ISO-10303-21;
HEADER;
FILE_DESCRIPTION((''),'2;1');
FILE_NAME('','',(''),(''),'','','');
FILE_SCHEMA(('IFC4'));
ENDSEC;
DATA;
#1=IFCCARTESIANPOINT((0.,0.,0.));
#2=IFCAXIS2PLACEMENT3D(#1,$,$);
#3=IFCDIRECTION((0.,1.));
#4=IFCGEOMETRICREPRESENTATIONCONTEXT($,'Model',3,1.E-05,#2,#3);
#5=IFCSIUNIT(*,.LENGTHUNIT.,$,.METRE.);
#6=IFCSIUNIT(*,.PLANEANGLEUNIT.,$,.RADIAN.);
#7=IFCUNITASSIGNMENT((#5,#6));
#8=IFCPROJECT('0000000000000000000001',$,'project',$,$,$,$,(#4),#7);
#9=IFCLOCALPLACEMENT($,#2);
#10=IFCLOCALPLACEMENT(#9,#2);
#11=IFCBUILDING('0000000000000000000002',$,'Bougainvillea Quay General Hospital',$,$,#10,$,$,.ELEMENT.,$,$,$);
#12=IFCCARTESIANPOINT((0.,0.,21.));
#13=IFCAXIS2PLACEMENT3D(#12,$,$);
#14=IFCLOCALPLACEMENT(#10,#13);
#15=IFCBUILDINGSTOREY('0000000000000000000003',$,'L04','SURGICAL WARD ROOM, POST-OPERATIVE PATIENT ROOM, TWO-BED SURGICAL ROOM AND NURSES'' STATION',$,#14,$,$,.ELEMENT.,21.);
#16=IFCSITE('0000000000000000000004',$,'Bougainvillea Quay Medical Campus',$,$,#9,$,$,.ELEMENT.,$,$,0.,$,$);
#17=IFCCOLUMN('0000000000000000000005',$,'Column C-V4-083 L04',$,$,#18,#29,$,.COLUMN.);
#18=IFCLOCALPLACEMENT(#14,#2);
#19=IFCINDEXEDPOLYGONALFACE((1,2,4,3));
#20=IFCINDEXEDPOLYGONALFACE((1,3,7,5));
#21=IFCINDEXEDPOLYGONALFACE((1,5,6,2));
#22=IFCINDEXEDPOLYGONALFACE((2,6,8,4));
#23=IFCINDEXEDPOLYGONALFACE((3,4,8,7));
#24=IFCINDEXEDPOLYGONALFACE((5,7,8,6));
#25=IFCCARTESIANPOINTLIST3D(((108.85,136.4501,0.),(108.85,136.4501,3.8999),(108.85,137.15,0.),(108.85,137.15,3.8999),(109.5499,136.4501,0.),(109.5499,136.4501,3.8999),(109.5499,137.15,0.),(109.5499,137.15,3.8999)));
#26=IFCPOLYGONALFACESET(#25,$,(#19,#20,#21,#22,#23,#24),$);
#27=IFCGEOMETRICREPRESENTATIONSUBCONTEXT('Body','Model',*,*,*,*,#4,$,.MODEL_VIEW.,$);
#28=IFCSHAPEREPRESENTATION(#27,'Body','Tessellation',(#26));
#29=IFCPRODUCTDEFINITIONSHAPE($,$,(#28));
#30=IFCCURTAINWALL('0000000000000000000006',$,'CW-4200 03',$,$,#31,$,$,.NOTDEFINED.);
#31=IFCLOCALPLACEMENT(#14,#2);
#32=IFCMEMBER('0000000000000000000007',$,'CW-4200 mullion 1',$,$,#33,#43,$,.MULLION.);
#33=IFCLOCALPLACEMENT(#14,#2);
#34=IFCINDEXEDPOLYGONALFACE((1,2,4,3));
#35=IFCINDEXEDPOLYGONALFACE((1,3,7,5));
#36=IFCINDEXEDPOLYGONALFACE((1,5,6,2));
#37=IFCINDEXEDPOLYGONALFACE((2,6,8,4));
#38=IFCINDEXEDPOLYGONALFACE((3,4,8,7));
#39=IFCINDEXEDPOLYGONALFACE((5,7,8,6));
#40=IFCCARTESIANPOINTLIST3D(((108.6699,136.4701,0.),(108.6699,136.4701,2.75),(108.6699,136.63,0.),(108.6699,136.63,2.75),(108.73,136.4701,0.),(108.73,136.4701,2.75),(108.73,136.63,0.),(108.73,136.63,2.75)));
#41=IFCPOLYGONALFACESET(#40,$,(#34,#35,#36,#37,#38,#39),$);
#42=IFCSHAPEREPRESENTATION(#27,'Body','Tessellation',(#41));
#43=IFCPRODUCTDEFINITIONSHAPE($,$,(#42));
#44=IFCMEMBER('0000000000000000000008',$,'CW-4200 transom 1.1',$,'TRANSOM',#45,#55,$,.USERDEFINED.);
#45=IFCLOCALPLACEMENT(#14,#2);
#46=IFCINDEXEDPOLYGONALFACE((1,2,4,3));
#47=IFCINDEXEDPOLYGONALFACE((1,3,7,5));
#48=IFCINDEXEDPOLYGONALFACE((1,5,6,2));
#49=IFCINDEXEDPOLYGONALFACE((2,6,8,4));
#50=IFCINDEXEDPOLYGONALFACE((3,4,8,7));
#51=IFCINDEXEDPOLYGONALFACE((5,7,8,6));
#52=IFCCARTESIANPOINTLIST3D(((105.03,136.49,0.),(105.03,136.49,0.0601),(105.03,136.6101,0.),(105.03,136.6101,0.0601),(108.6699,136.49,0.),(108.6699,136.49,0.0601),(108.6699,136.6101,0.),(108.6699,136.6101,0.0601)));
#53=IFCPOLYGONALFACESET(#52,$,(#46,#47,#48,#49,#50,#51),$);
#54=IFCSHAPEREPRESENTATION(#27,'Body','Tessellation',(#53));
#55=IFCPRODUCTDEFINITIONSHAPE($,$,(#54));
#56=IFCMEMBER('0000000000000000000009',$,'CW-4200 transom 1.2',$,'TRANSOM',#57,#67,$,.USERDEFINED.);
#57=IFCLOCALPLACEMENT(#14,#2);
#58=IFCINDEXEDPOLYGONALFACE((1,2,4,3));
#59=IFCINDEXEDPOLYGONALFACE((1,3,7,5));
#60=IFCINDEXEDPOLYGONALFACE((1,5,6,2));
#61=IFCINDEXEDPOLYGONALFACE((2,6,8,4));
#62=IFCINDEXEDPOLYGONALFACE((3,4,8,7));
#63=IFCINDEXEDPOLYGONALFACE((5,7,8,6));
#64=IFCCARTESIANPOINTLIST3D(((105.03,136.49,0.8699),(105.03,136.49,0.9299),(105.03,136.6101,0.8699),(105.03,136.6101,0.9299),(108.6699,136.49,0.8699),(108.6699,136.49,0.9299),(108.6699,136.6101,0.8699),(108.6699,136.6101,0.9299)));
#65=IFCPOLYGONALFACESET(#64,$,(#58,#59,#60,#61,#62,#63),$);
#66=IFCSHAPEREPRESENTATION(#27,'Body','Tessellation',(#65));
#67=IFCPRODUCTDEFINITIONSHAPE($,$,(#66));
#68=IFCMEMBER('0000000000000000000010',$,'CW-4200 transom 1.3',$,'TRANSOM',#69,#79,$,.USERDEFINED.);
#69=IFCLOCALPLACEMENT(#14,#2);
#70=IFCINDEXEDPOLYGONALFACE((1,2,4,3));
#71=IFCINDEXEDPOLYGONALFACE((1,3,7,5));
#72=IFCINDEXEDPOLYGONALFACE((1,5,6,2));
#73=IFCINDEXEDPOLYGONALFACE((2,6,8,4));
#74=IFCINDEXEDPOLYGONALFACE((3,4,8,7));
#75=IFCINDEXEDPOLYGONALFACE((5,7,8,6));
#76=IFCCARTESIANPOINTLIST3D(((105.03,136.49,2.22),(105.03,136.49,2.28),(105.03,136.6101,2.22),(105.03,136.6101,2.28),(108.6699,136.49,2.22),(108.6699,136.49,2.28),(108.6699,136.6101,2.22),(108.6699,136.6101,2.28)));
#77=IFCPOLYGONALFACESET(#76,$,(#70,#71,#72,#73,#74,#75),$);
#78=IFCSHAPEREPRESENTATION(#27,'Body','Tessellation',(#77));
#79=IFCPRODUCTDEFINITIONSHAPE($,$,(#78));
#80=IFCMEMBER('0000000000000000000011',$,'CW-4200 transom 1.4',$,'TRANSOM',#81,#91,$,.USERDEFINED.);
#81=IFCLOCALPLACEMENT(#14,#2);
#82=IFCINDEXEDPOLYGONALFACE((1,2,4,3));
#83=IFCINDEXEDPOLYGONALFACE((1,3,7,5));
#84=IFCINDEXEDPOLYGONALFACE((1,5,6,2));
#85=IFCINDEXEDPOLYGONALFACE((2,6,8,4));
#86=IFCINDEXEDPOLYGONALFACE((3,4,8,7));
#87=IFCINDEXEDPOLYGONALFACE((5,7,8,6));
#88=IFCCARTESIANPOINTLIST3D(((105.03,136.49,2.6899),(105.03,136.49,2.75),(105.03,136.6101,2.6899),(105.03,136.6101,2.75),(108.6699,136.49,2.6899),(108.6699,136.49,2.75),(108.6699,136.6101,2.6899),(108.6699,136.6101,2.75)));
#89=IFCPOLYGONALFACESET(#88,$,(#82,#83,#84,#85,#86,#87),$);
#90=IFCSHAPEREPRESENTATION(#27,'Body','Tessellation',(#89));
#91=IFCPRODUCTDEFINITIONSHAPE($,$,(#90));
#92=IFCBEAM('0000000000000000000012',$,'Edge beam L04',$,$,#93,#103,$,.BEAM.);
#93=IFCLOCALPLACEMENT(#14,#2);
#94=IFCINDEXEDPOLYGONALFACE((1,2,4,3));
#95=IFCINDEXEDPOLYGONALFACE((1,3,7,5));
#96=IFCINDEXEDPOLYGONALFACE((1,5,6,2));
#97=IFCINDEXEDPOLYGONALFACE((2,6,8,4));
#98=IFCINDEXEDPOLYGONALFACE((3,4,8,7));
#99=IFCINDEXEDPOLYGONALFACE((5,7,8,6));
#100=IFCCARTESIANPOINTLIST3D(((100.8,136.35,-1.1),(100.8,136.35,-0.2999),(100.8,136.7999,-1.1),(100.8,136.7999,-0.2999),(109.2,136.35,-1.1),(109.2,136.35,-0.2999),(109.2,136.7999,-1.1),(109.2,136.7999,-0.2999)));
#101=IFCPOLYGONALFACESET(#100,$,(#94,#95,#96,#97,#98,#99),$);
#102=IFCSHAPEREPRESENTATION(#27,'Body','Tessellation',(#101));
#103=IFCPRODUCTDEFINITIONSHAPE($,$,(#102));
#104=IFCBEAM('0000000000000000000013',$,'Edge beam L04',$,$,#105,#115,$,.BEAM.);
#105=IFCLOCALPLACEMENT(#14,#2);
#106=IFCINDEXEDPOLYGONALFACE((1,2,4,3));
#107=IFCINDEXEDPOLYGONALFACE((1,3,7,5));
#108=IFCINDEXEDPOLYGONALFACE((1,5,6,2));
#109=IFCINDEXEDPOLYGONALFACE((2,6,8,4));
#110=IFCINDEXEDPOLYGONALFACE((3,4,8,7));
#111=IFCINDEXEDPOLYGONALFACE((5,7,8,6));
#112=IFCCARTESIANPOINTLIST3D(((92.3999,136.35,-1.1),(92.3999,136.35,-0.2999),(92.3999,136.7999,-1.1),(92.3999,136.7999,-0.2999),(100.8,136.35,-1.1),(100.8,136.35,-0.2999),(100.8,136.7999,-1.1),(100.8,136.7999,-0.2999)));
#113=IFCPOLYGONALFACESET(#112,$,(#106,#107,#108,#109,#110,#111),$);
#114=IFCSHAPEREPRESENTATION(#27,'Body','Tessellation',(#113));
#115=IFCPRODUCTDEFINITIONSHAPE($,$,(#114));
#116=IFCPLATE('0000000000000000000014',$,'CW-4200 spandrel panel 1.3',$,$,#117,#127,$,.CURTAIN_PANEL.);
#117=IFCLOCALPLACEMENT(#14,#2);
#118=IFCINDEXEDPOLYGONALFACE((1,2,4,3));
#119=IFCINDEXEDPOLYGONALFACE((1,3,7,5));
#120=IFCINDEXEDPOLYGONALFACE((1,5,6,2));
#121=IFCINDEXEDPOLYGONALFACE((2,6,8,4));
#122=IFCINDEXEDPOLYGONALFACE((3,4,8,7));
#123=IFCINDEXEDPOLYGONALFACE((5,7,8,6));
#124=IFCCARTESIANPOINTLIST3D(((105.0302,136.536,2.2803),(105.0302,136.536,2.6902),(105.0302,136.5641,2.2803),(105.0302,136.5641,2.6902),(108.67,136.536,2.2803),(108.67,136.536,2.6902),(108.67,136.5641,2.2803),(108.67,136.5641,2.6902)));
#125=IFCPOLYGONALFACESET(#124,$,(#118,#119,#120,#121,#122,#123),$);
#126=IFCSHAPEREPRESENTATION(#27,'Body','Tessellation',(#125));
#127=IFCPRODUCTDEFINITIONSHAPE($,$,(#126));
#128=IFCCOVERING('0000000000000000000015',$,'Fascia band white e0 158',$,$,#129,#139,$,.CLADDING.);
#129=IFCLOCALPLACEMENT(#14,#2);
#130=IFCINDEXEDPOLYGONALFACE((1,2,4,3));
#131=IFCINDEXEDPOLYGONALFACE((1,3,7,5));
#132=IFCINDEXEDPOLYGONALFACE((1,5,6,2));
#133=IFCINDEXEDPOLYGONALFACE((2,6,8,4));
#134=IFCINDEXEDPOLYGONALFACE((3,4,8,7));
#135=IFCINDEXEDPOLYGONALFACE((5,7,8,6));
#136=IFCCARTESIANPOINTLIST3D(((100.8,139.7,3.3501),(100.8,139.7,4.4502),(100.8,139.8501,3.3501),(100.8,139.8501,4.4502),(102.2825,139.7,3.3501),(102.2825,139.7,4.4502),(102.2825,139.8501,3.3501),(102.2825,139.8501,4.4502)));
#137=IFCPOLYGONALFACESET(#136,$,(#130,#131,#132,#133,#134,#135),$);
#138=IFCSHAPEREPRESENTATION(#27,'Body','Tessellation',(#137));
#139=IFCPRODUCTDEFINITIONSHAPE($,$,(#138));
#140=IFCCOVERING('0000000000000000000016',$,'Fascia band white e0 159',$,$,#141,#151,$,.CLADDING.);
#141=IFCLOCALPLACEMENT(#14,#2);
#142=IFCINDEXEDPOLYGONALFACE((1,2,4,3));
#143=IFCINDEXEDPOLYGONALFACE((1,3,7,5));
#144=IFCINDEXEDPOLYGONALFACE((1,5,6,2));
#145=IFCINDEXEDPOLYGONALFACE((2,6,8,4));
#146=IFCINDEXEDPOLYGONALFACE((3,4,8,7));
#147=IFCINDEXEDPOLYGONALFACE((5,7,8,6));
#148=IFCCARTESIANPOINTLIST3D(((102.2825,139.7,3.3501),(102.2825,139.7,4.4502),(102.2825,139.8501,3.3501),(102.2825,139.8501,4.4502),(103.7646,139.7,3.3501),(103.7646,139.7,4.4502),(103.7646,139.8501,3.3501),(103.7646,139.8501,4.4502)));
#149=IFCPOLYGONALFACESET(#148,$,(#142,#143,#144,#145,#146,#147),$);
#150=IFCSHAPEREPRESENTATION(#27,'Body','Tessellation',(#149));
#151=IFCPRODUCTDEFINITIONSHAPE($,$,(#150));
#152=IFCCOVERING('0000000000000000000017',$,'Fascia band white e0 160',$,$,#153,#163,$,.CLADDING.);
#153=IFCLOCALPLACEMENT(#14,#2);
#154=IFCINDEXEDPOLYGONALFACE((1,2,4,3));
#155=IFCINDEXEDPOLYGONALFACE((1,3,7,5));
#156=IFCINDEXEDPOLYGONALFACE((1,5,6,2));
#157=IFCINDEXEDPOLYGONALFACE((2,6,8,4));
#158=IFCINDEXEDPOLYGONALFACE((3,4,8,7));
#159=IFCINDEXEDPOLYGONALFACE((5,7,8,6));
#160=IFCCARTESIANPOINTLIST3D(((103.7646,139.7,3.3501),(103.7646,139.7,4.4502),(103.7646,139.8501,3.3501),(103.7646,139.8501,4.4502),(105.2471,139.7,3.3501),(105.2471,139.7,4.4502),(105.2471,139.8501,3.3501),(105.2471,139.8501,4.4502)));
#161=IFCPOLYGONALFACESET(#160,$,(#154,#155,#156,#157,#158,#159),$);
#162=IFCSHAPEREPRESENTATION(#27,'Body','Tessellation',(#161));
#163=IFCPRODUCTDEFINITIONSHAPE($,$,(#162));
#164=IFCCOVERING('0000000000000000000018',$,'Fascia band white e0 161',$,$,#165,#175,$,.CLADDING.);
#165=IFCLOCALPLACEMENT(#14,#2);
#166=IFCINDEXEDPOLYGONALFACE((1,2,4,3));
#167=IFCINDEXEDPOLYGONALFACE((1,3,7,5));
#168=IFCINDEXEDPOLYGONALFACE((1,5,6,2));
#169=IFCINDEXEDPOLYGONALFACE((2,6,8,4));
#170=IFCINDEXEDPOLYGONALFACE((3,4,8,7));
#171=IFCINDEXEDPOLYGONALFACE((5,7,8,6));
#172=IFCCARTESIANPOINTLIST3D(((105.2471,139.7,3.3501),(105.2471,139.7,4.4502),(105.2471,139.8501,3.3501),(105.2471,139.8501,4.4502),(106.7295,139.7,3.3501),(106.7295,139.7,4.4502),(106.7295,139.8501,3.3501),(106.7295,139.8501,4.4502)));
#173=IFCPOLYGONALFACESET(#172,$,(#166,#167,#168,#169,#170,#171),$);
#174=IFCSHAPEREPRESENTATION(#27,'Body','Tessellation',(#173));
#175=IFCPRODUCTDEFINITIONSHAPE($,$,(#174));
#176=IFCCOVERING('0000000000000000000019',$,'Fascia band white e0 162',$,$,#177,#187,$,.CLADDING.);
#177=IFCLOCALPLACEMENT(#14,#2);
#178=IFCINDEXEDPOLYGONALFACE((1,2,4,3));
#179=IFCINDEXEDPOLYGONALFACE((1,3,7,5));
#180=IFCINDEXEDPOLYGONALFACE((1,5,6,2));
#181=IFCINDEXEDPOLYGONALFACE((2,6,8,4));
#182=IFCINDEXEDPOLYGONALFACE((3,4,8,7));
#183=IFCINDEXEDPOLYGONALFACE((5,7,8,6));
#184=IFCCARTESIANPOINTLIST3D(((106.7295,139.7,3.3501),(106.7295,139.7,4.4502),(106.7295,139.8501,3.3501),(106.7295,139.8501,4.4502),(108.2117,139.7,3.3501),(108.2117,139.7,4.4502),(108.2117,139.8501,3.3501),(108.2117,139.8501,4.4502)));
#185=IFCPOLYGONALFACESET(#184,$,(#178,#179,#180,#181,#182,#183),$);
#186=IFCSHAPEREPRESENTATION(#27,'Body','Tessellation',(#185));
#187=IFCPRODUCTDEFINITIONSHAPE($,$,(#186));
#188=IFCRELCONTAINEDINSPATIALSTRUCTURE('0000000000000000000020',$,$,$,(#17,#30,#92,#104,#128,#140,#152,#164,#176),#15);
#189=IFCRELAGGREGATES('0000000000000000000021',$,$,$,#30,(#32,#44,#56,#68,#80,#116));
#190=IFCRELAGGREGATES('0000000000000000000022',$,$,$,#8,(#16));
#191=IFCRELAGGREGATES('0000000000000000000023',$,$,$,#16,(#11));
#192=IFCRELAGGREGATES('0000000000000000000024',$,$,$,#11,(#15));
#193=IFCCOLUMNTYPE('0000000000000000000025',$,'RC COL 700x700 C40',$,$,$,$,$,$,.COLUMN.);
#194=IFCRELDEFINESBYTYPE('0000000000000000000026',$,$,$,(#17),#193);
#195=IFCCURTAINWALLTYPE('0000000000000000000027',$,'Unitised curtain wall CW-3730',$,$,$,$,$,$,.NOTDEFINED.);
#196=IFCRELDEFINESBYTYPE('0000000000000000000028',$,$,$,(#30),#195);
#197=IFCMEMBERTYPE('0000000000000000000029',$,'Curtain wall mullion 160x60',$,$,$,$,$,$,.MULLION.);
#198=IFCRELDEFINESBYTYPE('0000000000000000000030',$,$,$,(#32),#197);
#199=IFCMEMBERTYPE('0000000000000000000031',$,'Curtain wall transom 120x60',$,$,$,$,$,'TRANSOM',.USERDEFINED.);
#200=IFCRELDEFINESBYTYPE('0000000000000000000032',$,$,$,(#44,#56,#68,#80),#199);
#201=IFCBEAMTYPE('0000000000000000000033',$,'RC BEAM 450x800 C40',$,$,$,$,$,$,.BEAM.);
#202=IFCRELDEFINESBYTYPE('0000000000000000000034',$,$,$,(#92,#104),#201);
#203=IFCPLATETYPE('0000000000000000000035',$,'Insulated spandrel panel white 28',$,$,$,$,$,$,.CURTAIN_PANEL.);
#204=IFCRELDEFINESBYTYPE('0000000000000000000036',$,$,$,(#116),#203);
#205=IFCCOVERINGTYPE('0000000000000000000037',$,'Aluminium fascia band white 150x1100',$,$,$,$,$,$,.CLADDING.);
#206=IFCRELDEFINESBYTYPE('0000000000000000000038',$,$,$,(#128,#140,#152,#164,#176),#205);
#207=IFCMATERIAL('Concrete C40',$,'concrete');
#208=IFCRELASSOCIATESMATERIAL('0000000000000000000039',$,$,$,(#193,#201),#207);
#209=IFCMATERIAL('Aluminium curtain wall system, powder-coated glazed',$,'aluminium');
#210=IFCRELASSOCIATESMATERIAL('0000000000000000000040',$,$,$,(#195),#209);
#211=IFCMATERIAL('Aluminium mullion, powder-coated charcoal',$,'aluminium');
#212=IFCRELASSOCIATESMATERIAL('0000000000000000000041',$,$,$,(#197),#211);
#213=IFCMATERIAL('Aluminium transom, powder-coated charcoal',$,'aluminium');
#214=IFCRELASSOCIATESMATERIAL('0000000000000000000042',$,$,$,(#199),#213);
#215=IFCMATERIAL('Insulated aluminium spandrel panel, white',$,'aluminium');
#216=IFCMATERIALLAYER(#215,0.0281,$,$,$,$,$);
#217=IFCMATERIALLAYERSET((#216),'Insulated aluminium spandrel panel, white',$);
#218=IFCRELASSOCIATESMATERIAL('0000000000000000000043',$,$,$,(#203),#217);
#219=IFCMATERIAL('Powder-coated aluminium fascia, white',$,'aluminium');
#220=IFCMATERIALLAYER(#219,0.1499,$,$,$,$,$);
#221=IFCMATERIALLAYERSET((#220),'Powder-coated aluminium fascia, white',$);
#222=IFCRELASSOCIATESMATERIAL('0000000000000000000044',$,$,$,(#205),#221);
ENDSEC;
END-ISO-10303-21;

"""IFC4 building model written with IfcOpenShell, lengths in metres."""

from ifc_helpers import new_model, si_unit, direction, frame, origin, origin_2d, place, context, subcontext, project, spatial, polyline, rectangle, outline, extrude, material, layer, layer_set, material_profile, profile_set, type_object, element, aggregate, save


model = new_model("IFC4")

# Units and contexts
model_context = context("Model", 3, precision=1e-05, world=origin(), true_north=direction((0.0, 1.0)))
body_context = subcontext(model_context, "Body", "Model", "MODEL_VIEW")
ifc_project = project(units=[si_unit("LENGTHUNIT", "METRE"), si_unit("PLANEANGLEUNIT", "RADIAN")], contexts=[model_context])

# Site, building, storey
site_placement = place(None, origin())
site = spatial("IfcSite", under=ifc_project, at=site_placement, Name="Bougainvillea Quay Medical Campus", CompositionType="ELEMENT", RefElevation=0.0)
building_placement = place(site_placement, origin())
building = spatial("IfcBuilding", under=site, at=building_placement, Name="Bougainvillea Quay General Hospital", CompositionType="ELEMENT")
storey_placement = place(building_placement, frame((0.0, 0.0, 21.0)))
storey = spatial("IfcBuildingStorey", under=building, at=storey_placement, Name="L04", Description="SURGICAL WARD ROOM, POST-OPERATIVE PATIENT ROOM, TWO-BED SURGICAL ROOM AND NURSES' STATION", CompositionType="ELEMENT", Elevation=21.0)

# Column
ifc_material_1 = material(Name="Concrete C40", Category="concrete")
ifc_material_profile_1 = material_profile(ifc_material_1, rectangle(XDim=0.7, YDim=0.7, at=origin_2d()))
ifc_profile_set_1 = profile_set([ifc_material_profile_1], Name="Concrete C40")
column_type = type_object("IfcColumnType", Name="RC COL 700x700 C40", PredefinedType="COLUMN", material=ifc_profile_set_1)
column_placement = place(storey_placement, frame((109.2, 136.8, 0.0), z_axis=(0.0, 0.0, 1.0), x_axis=(1.0, 0.0, 0.0)))
element("IfcColumn", 1, at=column_placement, inside=storey, type_object=column_type, Name="Column C-V4-083 L04", PredefinedType="COLUMN", context=body_context, shape_type="SweptSolid", body=[
    extrude(rectangle(XDim=0.7, YDim=0.7, at=origin_2d()), origin(), (0.0, 0.0, 1.0), 3.8999),
])

# Curtain wall, members
ifc_material_2 = material(Name="Aluminium curtain wall system, powder-coated glazed", Category="aluminium")
curtain_wall_type = type_object("IfcCurtainWallType", Name="Unitised curtain wall CW-3730", PredefinedType="NOTDEFINED", material=ifc_material_2)
curtain_wall_placement = place(storey_placement, origin())
curtain_wall = element("IfcCurtainWall", 2, at=curtain_wall_placement, inside=storey, type_object=curtain_wall_type, Name="CW-4200 03", PredefinedType="NOTDEFINED")
ifc_material_3 = material(Name="Aluminium mullion, powder-coated charcoal", Category="aluminium")
ifc_material_profile_2 = material_profile(ifc_material_3, rectangle(XDim=0.1599, YDim=0.0601, at=origin_2d()))
ifc_profile_set_2 = profile_set([ifc_material_profile_2], Name="Aluminium mullion, powder-coated charcoal")
member_type_1 = type_object("IfcMemberType", Name="Curtain wall mullion 160x60", PredefinedType="MULLION", material=ifc_profile_set_2)
member_1_placement = place(storey_placement, frame((108.7, 136.55, 0.0), z_axis=(0.0, 0.0, 1.0), x_axis=(0.0, -1.0, 0.0)))
member_1 = element("IfcMember", 3, at=member_1_placement, type_object=member_type_1, Name="CW-4200 mullion 1", PredefinedType="MULLION", context=body_context, shape_type="SweptSolid", body=[
    extrude(rectangle(XDim=0.1599, YDim=0.0601, at=origin_2d()), origin(), (0.0, 0.0, 1.0), 2.75),
])
ifc_material_4 = material(Name="Aluminium transom, powder-coated charcoal", Category="aluminium")
ifc_material_profile_3 = material_profile(ifc_material_4, rectangle(XDim=0.1201, YDim=0.0601, at=origin_2d()))
ifc_profile_set_3 = profile_set([ifc_material_profile_3], Name="Aluminium transom, powder-coated charcoal")
member_type_2 = type_object("IfcMemberType", Name="Curtain wall transom 120x60", ElementType="TRANSOM", PredefinedType="USERDEFINED", material=ifc_profile_set_3)
member_2_placement = place(storey_placement, frame((108.6699, 136.55, 0.03), z_axis=(-1.0, 0.0, 0.0), x_axis=(0.0, -1.0, 0.0)))
member_2 = element("IfcMember", 4, at=member_2_placement, type_object=member_type_2, Name="CW-4200 transom 1.1", ObjectType="TRANSOM", PredefinedType="USERDEFINED", context=body_context, shape_type="SweptSolid", body=[
    extrude(rectangle(XDim=0.1201, YDim=0.0601, at=origin_2d()), origin(), (0.0, 0.0, 1.0), 3.6399),
])
member_3_placement = place(storey_placement, frame((108.6699, 136.55, 0.8999), z_axis=(-1.0, 0.0, 0.0), x_axis=(0.0, -1.0, 0.0)))
member_3 = element("IfcMember", 5, at=member_3_placement, type_object=member_type_2, Name="CW-4200 transom 1.2", ObjectType="TRANSOM", PredefinedType="USERDEFINED", context=body_context, shape_type="SweptSolid", body=[
    extrude(rectangle(XDim=0.1201, YDim=0.0601, at=origin_2d()), origin(), (0.0, 0.0, 1.0), 3.6399),
])
member_4_placement = place(storey_placement, frame((108.6699, 136.55, 2.25), z_axis=(-1.0, 0.0, 0.0), x_axis=(0.0, -1.0, 0.0)))
member_4 = element("IfcMember", 6, at=member_4_placement, type_object=member_type_2, Name="CW-4200 transom 1.3", ObjectType="TRANSOM", PredefinedType="USERDEFINED", context=body_context, shape_type="SweptSolid", body=[
    extrude(rectangle(XDim=0.1201, YDim=0.0601, at=origin_2d()), origin(), (0.0, 0.0, 1.0), 3.6399),
])
member_5_placement = place(storey_placement, frame((108.6699, 136.55, 2.72), z_axis=(-1.0, 0.0, 0.0), x_axis=(0.0, -1.0, 0.0)))
member_5 = element("IfcMember", 7, at=member_5_placement, type_object=member_type_2, Name="CW-4200 transom 1.4", ObjectType="TRANSOM", PredefinedType="USERDEFINED", context=body_context, shape_type="SweptSolid", body=[
    extrude(rectangle(XDim=0.1201, YDim=0.0601, at=origin_2d()), origin(), (0.0, 0.0, 1.0), 3.6399),
])

# Beams
ifc_material_profile_4 = material_profile(ifc_material_1, rectangle(XDim=0.45, YDim=0.8, at=origin_2d()))
ifc_profile_set_4 = profile_set([ifc_material_profile_4], Name="Concrete C40")
beam_type = type_object("IfcBeamType", Name="RC BEAM 450x800 C40", PredefinedType="BEAM", material=ifc_profile_set_4)
beam_1_placement = place(storey_placement, frame((109.2, 136.575, -0.7), z_axis=(-1.0, 0.0, 0.0), x_axis=(0.0, -1.0, 0.0)))
element("IfcBeam", 8, at=beam_1_placement, inside=storey, type_object=beam_type, Name="Edge beam L04", PredefinedType="BEAM", context=body_context, shape_type="SweptSolid", body=[
    extrude(rectangle(XDim=0.45, YDim=0.8, at=origin_2d()), origin(), (0.0, 0.0, 1.0), 8.3999),
])
beam_2_placement = place(storey_placement, frame((100.8, 136.575, -0.7), z_axis=(-1.0, 0.0, 0.0), x_axis=(0.0, -1.0, 0.0)))
element("IfcBeam", 9, at=beam_2_placement, inside=storey, type_object=beam_type, Name="Edge beam L04", PredefinedType="BEAM", context=body_context, shape_type="SweptSolid", body=[
    extrude(rectangle(XDim=0.45, YDim=0.8, at=origin_2d()), origin(), (0.0, 0.0, 1.0), 8.4001),
])

# Plate
ifc_material_5 = material(Name="Insulated aluminium spandrel panel, white", Category="aluminium")
ifc_layer_1 = layer(ifc_material_5, 0.0281)
ifc_layer_set_1 = layer_set([ifc_layer_1], Name="Insulated aluminium spandrel panel, white")
plate_type = type_object("IfcPlateType", Name="Insulated spandrel panel white 28", PredefinedType="CURTAIN_PANEL", material=ifc_layer_set_1)
plate_placement = place(storey_placement, frame((106.8501, 136.55, 2.2803), z_axis=(0.0, 0.0, 1.0), x_axis=(-1.0, 0.0, 0.0)))
plate = element("IfcPlate", 10, at=plate_placement, type_object=plate_type, Name="CW-4200 spandrel panel 1.3", PredefinedType="CURTAIN_PANEL", context=body_context, shape_type="SweptSolid", body=[
    extrude(rectangle(XDim=3.6399, YDim=0.0281, at=origin_2d()), origin(), (0.0, 0.0, 1.0), 0.4099),
])
aggregate(curtain_wall, [member_1, member_2, member_3, member_4, member_5, plate])

# Coverings
ifc_material_6 = material(Name="Powder-coated aluminium fascia, white", Category="aluminium")
ifc_layer_2 = layer(ifc_material_6, 0.1499)
ifc_layer_set_2 = layer_set([ifc_layer_2], Name="Powder-coated aluminium fascia, white")
covering_type = type_object("IfcCoveringType", Name="Aluminium fascia band white 150x1100", PredefinedType="CLADDING", material=ifc_layer_set_2)
covering_1_placement = place(storey_placement, frame((100.8, 139.8501, 3.3501), z_axis=(0.0, 0.0, 1.0), x_axis=(1.0, 0.0, 0.0)))
element("IfcCovering", 11, at=covering_1_placement, inside=storey, type_object=covering_type, Name="Fascia band white e0 158", PredefinedType="CLADDING", context=body_context, shape_type="SweptSolid", body=[
    extrude(outline(polyline([(0.0, 0.0), (1.4824, 0.0), (1.4824, -0.1501), (0.0, -0.1501), (0.0, 0.0)])), origin(), (0.0, 0.0, 1.0), 1.1001),
])
covering_2_placement = place(storey_placement, frame((102.2825, 139.8501, 3.3501), z_axis=(0.0, 0.0, 1.0), x_axis=(1.0, 0.0, 0.0)))
element("IfcCovering", 12, at=covering_2_placement, inside=storey, type_object=covering_type, Name="Fascia band white e0 159", PredefinedType="CLADDING", context=body_context, shape_type="SweptSolid", body=[
    extrude(outline(polyline([(0.0, 0.0), (1.4822, 0.0), (1.4822, -0.1501), (0.0, -0.1501), (0.0, 0.0)])), origin(), (0.0, 0.0, 1.0), 1.1001),
])
for number, where, z_axis, x_axis, name in (
    (13, (103.7646, 139.8501, 3.3501), (0.0, 0.0, 1.0), (1.0, 0.0, 0.0), "Fascia band white e0 160"),
    (14, (105.2471, 139.8501, 3.3501), (0.0, 0.0, 1.0), (1.0, 0.0, 0.0), "Fascia band white e0 161"),
):
    element("IfcCovering", number, at=place(storey_placement, frame(where, z_axis=z_axis, x_axis=x_axis)), inside=storey, type_object=covering_type, Name=name, PredefinedType="CLADDING", context=body_context, shape_type="SweptSolid", body=[
        extrude(outline(polyline([(0.0, 0.0), (1.4824, 0.0), (1.4824, -0.1501), (0.0, -0.1501), (0.0, 0.0)])), origin(), (0.0, 0.0, 1.0), 1.1001),
    ])
covering_3_placement = place(storey_placement, frame((106.7295, 139.8501, 3.3501), z_axis=(0.0, 0.0, 1.0), x_axis=(1.0, 0.0, 0.0)))
element("IfcCovering", 15, at=covering_3_placement, inside=storey, type_object=covering_type, Name="Fascia band white e0 162", PredefinedType="CLADDING", context=body_context, shape_type="SweptSolid", body=[
    extrude(outline(polyline([(0.0, 0.0), (1.4822, 0.0), (1.4822, -0.1501), (0.0, -0.1501), (0.0, 0.0)])), origin(), (0.0, 0.0, 1.0), 1.1001),
])

save(model, "model.ifc")
